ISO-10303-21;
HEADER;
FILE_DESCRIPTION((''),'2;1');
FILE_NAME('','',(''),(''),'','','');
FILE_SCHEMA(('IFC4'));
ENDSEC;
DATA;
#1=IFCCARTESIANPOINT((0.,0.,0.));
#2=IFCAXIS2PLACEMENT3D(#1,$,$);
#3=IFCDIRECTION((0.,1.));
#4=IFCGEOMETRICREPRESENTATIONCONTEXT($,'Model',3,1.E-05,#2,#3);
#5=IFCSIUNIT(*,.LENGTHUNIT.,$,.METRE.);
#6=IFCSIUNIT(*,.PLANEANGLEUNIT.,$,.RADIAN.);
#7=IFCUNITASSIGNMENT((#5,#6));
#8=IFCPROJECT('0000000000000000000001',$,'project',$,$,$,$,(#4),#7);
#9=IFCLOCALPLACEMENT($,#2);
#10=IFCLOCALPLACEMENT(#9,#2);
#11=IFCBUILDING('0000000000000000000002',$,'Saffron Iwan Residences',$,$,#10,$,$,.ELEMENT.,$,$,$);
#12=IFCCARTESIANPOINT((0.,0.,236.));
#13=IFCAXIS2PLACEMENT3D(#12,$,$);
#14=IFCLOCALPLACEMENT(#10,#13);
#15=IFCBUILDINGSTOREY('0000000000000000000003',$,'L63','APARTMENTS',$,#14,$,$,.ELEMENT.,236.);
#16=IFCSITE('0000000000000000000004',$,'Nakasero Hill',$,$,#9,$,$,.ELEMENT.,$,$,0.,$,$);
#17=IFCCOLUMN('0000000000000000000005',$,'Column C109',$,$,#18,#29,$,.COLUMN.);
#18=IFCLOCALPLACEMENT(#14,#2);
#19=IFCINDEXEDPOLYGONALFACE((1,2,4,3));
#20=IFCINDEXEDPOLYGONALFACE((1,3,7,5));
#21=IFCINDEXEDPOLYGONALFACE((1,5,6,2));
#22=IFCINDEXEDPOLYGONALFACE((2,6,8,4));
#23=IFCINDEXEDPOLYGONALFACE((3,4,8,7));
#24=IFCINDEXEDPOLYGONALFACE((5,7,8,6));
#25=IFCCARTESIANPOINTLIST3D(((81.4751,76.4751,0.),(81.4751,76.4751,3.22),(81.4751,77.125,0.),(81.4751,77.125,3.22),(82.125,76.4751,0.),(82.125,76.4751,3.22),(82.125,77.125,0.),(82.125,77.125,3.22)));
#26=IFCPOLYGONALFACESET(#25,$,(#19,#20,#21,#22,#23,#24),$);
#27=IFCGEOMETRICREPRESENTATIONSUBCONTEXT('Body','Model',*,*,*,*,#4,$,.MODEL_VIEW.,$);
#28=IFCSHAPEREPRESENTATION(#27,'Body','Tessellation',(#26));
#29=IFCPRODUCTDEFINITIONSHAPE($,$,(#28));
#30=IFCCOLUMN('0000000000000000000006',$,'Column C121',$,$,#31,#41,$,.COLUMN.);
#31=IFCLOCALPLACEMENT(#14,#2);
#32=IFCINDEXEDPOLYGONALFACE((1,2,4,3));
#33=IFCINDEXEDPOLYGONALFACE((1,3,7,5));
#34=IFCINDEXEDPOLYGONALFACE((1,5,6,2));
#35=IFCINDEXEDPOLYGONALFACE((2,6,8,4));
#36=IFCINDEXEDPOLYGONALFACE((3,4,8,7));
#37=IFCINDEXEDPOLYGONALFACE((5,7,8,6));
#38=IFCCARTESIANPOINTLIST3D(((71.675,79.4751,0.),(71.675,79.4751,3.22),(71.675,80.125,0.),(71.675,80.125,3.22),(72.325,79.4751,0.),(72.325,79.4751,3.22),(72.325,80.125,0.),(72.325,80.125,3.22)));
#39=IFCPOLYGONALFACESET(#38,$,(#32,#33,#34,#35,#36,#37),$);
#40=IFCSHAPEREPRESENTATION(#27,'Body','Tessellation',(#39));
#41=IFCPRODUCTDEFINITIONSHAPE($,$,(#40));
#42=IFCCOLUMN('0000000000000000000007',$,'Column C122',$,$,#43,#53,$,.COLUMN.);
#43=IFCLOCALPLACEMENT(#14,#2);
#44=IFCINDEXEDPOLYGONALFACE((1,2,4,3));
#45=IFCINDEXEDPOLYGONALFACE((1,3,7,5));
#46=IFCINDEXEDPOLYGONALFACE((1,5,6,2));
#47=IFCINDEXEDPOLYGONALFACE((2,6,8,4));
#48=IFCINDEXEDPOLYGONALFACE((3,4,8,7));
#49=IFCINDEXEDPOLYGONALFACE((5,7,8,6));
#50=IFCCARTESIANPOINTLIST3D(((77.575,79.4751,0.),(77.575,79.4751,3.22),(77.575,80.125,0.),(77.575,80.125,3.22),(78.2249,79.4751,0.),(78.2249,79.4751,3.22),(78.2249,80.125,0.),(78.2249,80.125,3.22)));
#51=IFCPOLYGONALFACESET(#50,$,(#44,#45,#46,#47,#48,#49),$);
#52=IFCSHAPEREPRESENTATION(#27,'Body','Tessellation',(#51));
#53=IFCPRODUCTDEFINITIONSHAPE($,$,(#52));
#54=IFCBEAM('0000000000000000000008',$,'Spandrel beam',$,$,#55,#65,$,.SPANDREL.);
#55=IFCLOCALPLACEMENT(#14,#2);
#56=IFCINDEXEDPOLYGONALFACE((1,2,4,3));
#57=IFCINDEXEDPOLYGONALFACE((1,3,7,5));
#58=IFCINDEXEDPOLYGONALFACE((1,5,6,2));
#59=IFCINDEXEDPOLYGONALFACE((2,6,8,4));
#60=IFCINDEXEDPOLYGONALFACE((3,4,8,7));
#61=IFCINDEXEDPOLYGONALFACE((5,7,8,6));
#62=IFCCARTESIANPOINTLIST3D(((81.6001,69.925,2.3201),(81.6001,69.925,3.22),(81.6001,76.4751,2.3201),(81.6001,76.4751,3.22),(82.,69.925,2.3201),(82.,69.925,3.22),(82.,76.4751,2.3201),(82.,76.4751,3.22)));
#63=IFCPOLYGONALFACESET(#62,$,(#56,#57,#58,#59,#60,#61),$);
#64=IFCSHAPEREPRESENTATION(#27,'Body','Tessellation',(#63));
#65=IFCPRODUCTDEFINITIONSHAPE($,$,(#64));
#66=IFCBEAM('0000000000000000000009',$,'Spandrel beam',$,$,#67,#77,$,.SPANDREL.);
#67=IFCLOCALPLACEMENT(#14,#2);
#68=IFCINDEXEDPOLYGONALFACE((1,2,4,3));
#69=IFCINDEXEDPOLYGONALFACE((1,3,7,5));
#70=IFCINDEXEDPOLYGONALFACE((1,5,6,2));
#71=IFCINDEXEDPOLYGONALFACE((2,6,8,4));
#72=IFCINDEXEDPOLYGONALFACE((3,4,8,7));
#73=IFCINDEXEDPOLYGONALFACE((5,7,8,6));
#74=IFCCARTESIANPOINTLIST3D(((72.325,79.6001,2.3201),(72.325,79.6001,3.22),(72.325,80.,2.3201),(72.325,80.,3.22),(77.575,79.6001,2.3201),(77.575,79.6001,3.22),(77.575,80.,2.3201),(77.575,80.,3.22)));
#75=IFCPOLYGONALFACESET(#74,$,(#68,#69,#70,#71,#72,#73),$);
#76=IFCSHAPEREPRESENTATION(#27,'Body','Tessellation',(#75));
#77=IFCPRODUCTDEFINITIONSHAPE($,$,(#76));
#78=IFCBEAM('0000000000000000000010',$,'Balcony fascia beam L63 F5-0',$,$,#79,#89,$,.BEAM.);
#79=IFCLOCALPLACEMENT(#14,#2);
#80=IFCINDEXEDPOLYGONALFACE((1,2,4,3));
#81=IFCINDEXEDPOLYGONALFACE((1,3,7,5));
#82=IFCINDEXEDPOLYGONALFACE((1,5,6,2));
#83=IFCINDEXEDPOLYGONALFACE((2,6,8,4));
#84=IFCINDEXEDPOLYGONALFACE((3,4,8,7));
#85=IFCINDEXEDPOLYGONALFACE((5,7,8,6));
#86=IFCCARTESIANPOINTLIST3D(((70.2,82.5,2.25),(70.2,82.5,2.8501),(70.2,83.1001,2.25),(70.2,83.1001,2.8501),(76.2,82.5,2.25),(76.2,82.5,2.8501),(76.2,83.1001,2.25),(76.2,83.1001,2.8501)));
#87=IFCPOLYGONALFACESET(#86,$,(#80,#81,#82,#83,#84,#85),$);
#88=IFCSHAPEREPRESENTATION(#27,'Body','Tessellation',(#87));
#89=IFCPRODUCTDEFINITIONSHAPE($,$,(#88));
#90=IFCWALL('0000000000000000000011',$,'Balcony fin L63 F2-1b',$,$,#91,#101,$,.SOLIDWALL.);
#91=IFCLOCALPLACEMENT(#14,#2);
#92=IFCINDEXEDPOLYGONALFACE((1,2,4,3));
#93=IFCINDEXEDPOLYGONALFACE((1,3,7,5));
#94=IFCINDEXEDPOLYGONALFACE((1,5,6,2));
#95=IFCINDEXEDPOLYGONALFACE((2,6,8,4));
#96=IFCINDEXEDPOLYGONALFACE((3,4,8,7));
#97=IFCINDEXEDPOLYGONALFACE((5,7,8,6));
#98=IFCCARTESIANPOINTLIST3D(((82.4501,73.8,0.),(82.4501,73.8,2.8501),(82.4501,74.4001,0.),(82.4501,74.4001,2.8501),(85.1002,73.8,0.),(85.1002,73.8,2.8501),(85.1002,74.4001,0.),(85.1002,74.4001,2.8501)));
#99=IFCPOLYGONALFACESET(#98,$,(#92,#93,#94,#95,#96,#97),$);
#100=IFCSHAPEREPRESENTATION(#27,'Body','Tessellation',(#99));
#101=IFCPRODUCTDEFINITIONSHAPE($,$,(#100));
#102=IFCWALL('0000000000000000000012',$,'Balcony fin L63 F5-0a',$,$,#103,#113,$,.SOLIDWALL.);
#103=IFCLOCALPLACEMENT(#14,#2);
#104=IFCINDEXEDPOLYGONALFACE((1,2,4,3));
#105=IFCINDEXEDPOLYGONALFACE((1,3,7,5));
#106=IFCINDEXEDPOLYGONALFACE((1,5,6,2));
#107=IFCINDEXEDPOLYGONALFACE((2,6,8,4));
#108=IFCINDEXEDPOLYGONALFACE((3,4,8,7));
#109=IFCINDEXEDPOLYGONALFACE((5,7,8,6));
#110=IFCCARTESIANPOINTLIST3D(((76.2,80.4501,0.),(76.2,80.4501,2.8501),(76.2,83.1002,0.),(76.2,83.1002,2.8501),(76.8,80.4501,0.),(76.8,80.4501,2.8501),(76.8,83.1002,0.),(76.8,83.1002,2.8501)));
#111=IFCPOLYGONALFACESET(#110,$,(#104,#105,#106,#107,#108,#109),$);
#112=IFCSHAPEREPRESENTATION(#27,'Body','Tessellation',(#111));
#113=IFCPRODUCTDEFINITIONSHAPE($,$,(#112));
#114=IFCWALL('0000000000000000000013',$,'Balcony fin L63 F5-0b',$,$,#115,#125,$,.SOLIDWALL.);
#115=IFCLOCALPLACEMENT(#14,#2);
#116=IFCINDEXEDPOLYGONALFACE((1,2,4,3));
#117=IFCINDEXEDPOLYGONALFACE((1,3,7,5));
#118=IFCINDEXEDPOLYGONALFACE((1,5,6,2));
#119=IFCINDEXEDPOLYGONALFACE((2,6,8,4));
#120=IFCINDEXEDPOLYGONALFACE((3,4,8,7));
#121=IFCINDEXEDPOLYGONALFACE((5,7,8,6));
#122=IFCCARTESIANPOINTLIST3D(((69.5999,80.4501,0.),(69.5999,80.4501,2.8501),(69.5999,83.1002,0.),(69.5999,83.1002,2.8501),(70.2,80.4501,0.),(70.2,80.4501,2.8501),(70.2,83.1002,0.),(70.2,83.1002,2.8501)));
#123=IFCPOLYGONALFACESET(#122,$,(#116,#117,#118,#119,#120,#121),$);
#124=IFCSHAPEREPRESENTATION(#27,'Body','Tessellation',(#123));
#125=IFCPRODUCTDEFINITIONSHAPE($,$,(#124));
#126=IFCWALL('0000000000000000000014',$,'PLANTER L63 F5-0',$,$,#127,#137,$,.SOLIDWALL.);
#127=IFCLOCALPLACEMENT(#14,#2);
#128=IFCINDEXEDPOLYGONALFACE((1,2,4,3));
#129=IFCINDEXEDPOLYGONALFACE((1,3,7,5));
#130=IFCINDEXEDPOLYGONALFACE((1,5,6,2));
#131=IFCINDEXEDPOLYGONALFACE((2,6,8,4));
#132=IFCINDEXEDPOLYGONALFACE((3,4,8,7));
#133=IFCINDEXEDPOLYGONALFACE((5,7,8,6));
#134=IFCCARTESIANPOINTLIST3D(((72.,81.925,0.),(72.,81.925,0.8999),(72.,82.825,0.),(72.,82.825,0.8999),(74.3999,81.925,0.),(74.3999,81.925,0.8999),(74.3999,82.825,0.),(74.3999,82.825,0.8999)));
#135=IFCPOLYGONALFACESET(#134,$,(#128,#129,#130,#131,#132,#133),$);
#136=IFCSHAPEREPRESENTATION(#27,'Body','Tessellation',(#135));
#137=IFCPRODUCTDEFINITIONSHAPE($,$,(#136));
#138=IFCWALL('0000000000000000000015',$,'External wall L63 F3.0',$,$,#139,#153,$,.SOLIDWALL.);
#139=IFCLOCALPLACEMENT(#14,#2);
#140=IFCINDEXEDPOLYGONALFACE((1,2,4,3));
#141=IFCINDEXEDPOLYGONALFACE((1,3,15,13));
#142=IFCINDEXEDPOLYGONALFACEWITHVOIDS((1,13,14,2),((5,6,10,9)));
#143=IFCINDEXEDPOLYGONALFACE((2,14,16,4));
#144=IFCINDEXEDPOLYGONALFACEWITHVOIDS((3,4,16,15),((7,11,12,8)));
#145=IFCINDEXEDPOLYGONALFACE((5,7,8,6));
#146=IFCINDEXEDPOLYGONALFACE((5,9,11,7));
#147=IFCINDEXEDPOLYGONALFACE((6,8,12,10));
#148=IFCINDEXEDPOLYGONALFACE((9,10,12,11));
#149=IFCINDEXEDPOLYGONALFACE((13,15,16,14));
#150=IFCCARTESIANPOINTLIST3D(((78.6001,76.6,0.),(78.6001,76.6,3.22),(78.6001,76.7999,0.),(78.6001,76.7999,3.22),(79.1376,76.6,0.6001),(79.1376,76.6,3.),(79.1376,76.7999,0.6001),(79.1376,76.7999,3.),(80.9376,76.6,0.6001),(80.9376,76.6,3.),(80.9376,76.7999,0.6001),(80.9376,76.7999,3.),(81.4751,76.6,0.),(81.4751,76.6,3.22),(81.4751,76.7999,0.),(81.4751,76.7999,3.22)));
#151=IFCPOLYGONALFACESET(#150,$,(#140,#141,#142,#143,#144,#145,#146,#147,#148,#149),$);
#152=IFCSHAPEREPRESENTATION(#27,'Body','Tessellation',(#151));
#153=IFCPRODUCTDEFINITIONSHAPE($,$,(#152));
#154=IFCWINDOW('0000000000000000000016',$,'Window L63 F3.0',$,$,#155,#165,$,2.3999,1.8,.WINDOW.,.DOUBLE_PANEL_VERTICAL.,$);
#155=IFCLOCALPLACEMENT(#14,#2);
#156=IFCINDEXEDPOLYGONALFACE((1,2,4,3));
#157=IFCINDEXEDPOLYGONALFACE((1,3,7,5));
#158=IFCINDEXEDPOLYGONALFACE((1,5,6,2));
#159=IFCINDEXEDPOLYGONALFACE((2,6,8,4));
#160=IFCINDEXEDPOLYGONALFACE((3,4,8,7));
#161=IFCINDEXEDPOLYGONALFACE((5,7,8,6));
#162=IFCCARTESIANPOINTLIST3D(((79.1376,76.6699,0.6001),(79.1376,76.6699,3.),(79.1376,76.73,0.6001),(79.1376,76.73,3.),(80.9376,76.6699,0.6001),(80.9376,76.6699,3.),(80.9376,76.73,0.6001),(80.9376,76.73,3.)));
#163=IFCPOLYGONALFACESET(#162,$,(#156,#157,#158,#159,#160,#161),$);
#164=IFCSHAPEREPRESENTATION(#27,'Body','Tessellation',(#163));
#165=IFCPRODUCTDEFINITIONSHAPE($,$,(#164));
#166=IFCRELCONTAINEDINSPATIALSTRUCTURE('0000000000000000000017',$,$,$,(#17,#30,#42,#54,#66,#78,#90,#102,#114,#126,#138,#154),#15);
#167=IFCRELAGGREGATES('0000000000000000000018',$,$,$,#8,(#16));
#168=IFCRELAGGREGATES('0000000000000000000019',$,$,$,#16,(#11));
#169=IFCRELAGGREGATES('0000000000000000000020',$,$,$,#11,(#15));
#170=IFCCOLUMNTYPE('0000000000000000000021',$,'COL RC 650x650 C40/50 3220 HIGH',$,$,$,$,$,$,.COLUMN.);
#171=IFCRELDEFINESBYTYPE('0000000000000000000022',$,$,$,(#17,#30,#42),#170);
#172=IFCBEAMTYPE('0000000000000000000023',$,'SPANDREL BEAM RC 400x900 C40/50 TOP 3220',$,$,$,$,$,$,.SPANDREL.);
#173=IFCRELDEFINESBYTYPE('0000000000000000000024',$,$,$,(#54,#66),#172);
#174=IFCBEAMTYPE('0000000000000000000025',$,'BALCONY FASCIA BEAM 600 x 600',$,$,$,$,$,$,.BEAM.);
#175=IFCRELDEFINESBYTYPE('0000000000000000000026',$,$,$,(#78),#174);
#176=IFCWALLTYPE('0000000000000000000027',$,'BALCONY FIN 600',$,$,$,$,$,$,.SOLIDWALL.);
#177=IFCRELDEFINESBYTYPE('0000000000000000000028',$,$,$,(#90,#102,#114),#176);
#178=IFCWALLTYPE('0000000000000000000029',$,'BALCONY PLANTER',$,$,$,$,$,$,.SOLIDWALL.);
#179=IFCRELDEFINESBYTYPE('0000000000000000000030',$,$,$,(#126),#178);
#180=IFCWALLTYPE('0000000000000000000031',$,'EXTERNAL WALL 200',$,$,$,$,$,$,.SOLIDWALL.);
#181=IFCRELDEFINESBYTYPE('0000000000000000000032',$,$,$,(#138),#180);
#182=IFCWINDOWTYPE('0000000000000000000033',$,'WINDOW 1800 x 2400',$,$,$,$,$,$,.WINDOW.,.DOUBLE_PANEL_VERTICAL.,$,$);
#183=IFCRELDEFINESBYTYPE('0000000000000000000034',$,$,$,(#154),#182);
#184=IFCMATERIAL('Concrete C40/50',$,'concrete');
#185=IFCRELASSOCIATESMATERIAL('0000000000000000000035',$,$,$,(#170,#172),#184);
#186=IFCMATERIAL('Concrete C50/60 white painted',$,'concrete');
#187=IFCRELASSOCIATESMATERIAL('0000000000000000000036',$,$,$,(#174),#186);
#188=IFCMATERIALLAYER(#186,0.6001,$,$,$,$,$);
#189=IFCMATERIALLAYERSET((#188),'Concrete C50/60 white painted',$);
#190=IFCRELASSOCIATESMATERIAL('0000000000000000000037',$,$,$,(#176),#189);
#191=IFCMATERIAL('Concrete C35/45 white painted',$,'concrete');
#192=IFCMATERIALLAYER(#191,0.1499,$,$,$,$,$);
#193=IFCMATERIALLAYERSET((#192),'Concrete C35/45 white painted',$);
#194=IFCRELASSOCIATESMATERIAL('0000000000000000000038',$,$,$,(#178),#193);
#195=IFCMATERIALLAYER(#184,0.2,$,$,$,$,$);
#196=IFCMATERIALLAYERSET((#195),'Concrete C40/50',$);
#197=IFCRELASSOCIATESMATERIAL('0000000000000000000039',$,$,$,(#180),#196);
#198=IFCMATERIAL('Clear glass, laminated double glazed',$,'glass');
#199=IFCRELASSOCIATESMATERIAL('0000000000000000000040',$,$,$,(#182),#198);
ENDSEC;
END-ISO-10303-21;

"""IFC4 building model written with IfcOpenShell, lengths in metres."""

from ifc_helpers import new_model, si_unit, direction, frame, frame_2d, origin, origin_2d, place, context, subcontext, project, spatial, rectangle, extrude, source, transform, mapped, material, layer, layer_set, material_profile, profile_set, type_object, element, fill, save


model = new_model("IFC4")

# Units and contexts
model_context = context("Model", 3, precision=1e-05, world=origin(), true_north=direction((0.0, 1.0)))
body_context = subcontext(model_context, "Body", "Model", "MODEL_VIEW")
ifc_project = project(units=[si_unit("LENGTHUNIT", "METRE"), si_unit("PLANEANGLEUNIT", "RADIAN")], contexts=[model_context])

# Site, building, storey
site_placement = place(None, origin())
site = spatial("IfcSite", under=ifc_project, at=site_placement, Name="Nakasero Hill", CompositionType="ELEMENT", RefElevation=0.0)
building_placement = place(site_placement, origin())
building = spatial("IfcBuilding", under=site, at=building_placement, Name="Saffron Iwan Residences", CompositionType="ELEMENT")
storey_placement = place(building_placement, frame((0.0, 0.0, 236.0)))
storey = spatial("IfcBuildingStorey", under=building, at=storey_placement, Name="L63", Description="APARTMENTS", CompositionType="ELEMENT", Elevation=236.0)

# Columns
ifc_material_1 = material(Name="Concrete C40/50", Category="concrete")
ifc_material_profile_1 = material_profile(ifc_material_1, rectangle(XDim=0.6499, YDim=0.6499, at=origin_2d()), Name="RC 650x650")
ifc_profile_set_1 = profile_set([ifc_material_profile_1], Name="Concrete C40/50")
column_type = type_object("IfcColumnType", Name="COL RC 650x650 C40/50 3220 HIGH", PredefinedType="COLUMN", material=ifc_profile_set_1)
shared_shape_1 = source(origin(), body_context, "Body", "SweptSolid", [
    extrude(rectangle(XDim=0.6499, YDim=0.6499, at=origin_2d()), origin(), (0.0, 0.0, 1.0), 3.22),
])
for number, where, z_axis, x_axis, name in (
    (1, (81.8, 76.8, 0.0), (0.0, 0.0, 1.0), (1.0, 0.0, 0.0), "Column C109"),
    (2, (72.0, 79.8, 0.0), (0.0, 0.0, 1.0), (1.0, 0.0, 0.0), "Column C121"),
    (3, (77.8999, 79.8, 0.0), (0.0, 0.0, 1.0), (1.0, 0.0, 0.0), "Column C122"),
):
    element("IfcColumn", number, at=place(storey_placement, frame(where, z_axis=z_axis, x_axis=x_axis)), inside=storey, type_object=column_type, Name=name, PredefinedType="COLUMN", context=body_context, shape_type="MappedRepresentation", body=[
        mapped(shared_shape_1, transform((0.0, 0.0, 0.0))),
    ])

# Beams
ifc_material_profile_2 = material_profile(ifc_material_1, rectangle(XDim=0.3999, YDim=0.8999, at=origin_2d()), Name="RC 400x900")
ifc_profile_set_2 = profile_set([ifc_material_profile_2], Name="Concrete C40/50")
beam_type_1 = type_object("IfcBeamType", Name="SPANDREL BEAM RC 400x900 C40/50 TOP 3220", PredefinedType="SPANDREL", material=ifc_profile_set_2)
shared_shape_2 = source(origin(), body_context, "Body", "SweptSolid", [
    extrude(rectangle(XDim=0.3999, YDim=0.8999, at=origin_2d()), origin(), (0.0, 0.0, 1.0), 6.55),
])
beam_1_placement = place(storey_placement, frame((81.8, 76.4751, 2.77), z_axis=(0.0, -1.0, 0.0), x_axis=(1.0, 0.0, 0.0)))
element("IfcBeam", 4, at=beam_1_placement, inside=storey, type_object=beam_type_1, Name="Spandrel beam", PredefinedType="SPANDREL", context=body_context, shape_type="MappedRepresentation", body=[
    mapped(shared_shape_2, transform((0.0, 0.0, 0.0))),
])
shared_shape_3 = source(origin(), body_context, "Body", "SweptSolid", [
    extrude(rectangle(XDim=0.3999, YDim=0.8999, at=origin_2d()), origin(), (0.0, 0.0, 1.0), 5.25),
])
beam_2_placement = place(storey_placement, frame((72.325, 79.8, 2.77), z_axis=(1.0, 0.0, 0.0), x_axis=(0.0, 1.0, 0.0)))
element("IfcBeam", 5, at=beam_2_placement, inside=storey, type_object=beam_type_1, Name="Spandrel beam", PredefinedType="SPANDREL", context=body_context, shape_type="MappedRepresentation", body=[
    mapped(shared_shape_3, transform((0.0, 0.0, 0.0))),
])
ifc_material_2 = material(Name="Concrete C50/60 white painted", Category="concrete")
ifc_material_profile_3 = material_profile(ifc_material_2, rectangle(XDim=0.6001, YDim=0.6001, at=origin_2d()), Name="BALCONY FASCIA BEAM 600 x 600")
ifc_profile_set_3 = profile_set([ifc_material_profile_3], Name="Concrete C50/60 white painted")
beam_type_2 = type_object("IfcBeamType", Name="BALCONY FASCIA BEAM 600 x 600", PredefinedType="BEAM", material=ifc_profile_set_3)
shared_shape_4 = source(origin(), body_context, "Body", "SweptSolid", [
    extrude(rectangle(XDim=0.6001, YDim=0.6001, at=origin_2d()), origin(), (0.0, 0.0, 1.0), 6.0),
])
beam_3_placement = place(storey_placement, frame((76.2, 82.8, 2.55), z_axis=(-1.0, 0.0, 0.0), x_axis=(0.0, -1.0, 0.0)))
element("IfcBeam", 6, at=beam_3_placement, inside=storey, type_object=beam_type_2, Name="Balcony fascia beam L63 F5-0", PredefinedType="BEAM", context=body_context, shape_type="MappedRepresentation", body=[
    mapped(shared_shape_4, transform((0.0, 0.0, 0.0))),
])

# Walls
ifc_layer_1 = layer(ifc_material_2, 0.6001)
ifc_layer_set_1 = layer_set([ifc_layer_1], Name="Concrete C50/60 white painted")
wall_type_1 = type_object("IfcWallType", Name="BALCONY FIN 600", PredefinedType="SOLIDWALL", material=ifc_layer_set_1)
for number, where, z_axis, x_axis, name in (
    (7, (82.45, 74.1001, 0.0), (0.0, 0.0, 1.0), (1.0, 0.0, 0.0), "Balcony fin L63 F2-1b"),
    (8, (76.5, 80.45, 0.0), (0.0, 0.0, 1.0), (0.0, 1.0, 0.0), "Balcony fin L63 F5-0a"),
    (9, (69.8999, 80.45, 0.0), (0.0, 0.0, 1.0), (0.0, 1.0, 0.0), "Balcony fin L63 F5-0b"),
):
    element("IfcWall", number, at=place(storey_placement, frame(where, z_axis=z_axis, x_axis=x_axis)), inside=storey, type_object=wall_type_1, Name=name, PredefinedType="SOLIDWALL", context=body_context, shape_type="SweptSolid", body=[
        extrude(rectangle(XDim=2.6501, YDim=0.6001, at=frame_2d((1.3252, 0.0))), origin(), (0.0, 0.0, 1.0), 2.8501),
    ])
ifc_material_3 = material(Name="Concrete C35/45 white painted", Category="concrete")
ifc_layer_2 = layer(ifc_material_3, 0.1499)
ifc_layer_set_2 = layer_set([ifc_layer_2], Name="Concrete C35/45 white painted")
wall_type_2 = type_object("IfcWallType", Name="BALCONY PLANTER", PredefinedType="SOLIDWALL", material=ifc_layer_set_2)
wall_1_placement = place(storey_placement, frame((74.3999, 82.375, 0.0), z_axis=(0.0, 0.0, 1.0), x_axis=(-1.0, 0.0, 0.0)))
element("IfcWall", 10, at=wall_1_placement, inside=storey, type_object=wall_type_2, Name="PLANTER L63 F5-0", PredefinedType="SOLIDWALL", context=body_context, shape_type="SweptSolid", body=[
    extrude(rectangle(XDim=2.3999, YDim=0.8999, at=frame_2d((1.2, 0.0))), origin(), (0.0, 0.0, 1.0), 0.8999),
])

# Wall, opening, window
ifc_layer_3 = layer(ifc_material_1, 0.2)
ifc_layer_set_3 = layer_set([ifc_layer_3], Name="Concrete C40/50")
wall_type_3 = type_object("IfcWallType", Name="EXTERNAL WALL 200", PredefinedType="SOLIDWALL", material=ifc_layer_set_3)
wall_2_placement = place(storey_placement, frame((81.4751, 76.7, 0.0), z_axis=(0.0, 0.0, 1.0), x_axis=(-1.0, 0.0, 0.0)))
wall_2 = element("IfcWall", 11, at=wall_2_placement, inside=storey, type_object=wall_type_3, Name="External wall L63 F3.0", PredefinedType="SOLIDWALL", context=body_context, shape_type="SweptSolid", body=[
    extrude(rectangle(XDim=2.875, YDim=0.2, at=frame_2d((1.4375, 0.0))), origin(), (0.0, 0.0, 1.0), 3.22),
])
opening_1_placement = place(wall_2_placement, frame((0.5376, 0.0, 0.6001)))
opening_1 = element("IfcOpeningElement", 12, at=opening_1_placement, cuts=wall_2, PredefinedType="OPENING", context=body_context, shape_type="SweptSolid", body=[
    extrude(rectangle(XDim=1.8, YDim=2.3999, at=frame_2d((0.8999, 1.2))), frame((0.0, 0.1099, 0.0), z_axis=(0.0, -1.0, 0.0), x_axis=(1.0, 0.0, 0.0)), (0.0, 0.0, 1.0), 0.22),
])
ifc_material_4 = material(Name="Clear glass, laminated double glazed", Category="glass")
window_type_1 = type_object("IfcWindowType", Name="WINDOW 1800 x 2400", PartitioningType="DOUBLE_PANEL_VERTICAL", PredefinedType="WINDOW", material=ifc_material_4)
window_1_placement = place(opening_1_placement, origin())
window_1 = element("IfcWindow", 13, at=window_1_placement, inside=storey, type_object=window_type_1, Name="Window L63 F3.0", OverallHeight=2.3999, OverallWidth=1.8, PartitioningType="DOUBLE_PANEL_VERTICAL", PredefinedType="WINDOW", context=body_context, shape_type="SweptSolid", body=[
    extrude(rectangle(XDim=1.8, YDim=2.3999, at=frame_2d((0.8999, 1.2))), frame((0.0, 0.03, 0.0), z_axis=(0.0, -1.0, 0.0), x_axis=(1.0, 0.0, 0.0)), (0.0, 0.0, 1.0), 0.0601),
])
fill(opening_1, window_1)

save(model, "model.ifc")
